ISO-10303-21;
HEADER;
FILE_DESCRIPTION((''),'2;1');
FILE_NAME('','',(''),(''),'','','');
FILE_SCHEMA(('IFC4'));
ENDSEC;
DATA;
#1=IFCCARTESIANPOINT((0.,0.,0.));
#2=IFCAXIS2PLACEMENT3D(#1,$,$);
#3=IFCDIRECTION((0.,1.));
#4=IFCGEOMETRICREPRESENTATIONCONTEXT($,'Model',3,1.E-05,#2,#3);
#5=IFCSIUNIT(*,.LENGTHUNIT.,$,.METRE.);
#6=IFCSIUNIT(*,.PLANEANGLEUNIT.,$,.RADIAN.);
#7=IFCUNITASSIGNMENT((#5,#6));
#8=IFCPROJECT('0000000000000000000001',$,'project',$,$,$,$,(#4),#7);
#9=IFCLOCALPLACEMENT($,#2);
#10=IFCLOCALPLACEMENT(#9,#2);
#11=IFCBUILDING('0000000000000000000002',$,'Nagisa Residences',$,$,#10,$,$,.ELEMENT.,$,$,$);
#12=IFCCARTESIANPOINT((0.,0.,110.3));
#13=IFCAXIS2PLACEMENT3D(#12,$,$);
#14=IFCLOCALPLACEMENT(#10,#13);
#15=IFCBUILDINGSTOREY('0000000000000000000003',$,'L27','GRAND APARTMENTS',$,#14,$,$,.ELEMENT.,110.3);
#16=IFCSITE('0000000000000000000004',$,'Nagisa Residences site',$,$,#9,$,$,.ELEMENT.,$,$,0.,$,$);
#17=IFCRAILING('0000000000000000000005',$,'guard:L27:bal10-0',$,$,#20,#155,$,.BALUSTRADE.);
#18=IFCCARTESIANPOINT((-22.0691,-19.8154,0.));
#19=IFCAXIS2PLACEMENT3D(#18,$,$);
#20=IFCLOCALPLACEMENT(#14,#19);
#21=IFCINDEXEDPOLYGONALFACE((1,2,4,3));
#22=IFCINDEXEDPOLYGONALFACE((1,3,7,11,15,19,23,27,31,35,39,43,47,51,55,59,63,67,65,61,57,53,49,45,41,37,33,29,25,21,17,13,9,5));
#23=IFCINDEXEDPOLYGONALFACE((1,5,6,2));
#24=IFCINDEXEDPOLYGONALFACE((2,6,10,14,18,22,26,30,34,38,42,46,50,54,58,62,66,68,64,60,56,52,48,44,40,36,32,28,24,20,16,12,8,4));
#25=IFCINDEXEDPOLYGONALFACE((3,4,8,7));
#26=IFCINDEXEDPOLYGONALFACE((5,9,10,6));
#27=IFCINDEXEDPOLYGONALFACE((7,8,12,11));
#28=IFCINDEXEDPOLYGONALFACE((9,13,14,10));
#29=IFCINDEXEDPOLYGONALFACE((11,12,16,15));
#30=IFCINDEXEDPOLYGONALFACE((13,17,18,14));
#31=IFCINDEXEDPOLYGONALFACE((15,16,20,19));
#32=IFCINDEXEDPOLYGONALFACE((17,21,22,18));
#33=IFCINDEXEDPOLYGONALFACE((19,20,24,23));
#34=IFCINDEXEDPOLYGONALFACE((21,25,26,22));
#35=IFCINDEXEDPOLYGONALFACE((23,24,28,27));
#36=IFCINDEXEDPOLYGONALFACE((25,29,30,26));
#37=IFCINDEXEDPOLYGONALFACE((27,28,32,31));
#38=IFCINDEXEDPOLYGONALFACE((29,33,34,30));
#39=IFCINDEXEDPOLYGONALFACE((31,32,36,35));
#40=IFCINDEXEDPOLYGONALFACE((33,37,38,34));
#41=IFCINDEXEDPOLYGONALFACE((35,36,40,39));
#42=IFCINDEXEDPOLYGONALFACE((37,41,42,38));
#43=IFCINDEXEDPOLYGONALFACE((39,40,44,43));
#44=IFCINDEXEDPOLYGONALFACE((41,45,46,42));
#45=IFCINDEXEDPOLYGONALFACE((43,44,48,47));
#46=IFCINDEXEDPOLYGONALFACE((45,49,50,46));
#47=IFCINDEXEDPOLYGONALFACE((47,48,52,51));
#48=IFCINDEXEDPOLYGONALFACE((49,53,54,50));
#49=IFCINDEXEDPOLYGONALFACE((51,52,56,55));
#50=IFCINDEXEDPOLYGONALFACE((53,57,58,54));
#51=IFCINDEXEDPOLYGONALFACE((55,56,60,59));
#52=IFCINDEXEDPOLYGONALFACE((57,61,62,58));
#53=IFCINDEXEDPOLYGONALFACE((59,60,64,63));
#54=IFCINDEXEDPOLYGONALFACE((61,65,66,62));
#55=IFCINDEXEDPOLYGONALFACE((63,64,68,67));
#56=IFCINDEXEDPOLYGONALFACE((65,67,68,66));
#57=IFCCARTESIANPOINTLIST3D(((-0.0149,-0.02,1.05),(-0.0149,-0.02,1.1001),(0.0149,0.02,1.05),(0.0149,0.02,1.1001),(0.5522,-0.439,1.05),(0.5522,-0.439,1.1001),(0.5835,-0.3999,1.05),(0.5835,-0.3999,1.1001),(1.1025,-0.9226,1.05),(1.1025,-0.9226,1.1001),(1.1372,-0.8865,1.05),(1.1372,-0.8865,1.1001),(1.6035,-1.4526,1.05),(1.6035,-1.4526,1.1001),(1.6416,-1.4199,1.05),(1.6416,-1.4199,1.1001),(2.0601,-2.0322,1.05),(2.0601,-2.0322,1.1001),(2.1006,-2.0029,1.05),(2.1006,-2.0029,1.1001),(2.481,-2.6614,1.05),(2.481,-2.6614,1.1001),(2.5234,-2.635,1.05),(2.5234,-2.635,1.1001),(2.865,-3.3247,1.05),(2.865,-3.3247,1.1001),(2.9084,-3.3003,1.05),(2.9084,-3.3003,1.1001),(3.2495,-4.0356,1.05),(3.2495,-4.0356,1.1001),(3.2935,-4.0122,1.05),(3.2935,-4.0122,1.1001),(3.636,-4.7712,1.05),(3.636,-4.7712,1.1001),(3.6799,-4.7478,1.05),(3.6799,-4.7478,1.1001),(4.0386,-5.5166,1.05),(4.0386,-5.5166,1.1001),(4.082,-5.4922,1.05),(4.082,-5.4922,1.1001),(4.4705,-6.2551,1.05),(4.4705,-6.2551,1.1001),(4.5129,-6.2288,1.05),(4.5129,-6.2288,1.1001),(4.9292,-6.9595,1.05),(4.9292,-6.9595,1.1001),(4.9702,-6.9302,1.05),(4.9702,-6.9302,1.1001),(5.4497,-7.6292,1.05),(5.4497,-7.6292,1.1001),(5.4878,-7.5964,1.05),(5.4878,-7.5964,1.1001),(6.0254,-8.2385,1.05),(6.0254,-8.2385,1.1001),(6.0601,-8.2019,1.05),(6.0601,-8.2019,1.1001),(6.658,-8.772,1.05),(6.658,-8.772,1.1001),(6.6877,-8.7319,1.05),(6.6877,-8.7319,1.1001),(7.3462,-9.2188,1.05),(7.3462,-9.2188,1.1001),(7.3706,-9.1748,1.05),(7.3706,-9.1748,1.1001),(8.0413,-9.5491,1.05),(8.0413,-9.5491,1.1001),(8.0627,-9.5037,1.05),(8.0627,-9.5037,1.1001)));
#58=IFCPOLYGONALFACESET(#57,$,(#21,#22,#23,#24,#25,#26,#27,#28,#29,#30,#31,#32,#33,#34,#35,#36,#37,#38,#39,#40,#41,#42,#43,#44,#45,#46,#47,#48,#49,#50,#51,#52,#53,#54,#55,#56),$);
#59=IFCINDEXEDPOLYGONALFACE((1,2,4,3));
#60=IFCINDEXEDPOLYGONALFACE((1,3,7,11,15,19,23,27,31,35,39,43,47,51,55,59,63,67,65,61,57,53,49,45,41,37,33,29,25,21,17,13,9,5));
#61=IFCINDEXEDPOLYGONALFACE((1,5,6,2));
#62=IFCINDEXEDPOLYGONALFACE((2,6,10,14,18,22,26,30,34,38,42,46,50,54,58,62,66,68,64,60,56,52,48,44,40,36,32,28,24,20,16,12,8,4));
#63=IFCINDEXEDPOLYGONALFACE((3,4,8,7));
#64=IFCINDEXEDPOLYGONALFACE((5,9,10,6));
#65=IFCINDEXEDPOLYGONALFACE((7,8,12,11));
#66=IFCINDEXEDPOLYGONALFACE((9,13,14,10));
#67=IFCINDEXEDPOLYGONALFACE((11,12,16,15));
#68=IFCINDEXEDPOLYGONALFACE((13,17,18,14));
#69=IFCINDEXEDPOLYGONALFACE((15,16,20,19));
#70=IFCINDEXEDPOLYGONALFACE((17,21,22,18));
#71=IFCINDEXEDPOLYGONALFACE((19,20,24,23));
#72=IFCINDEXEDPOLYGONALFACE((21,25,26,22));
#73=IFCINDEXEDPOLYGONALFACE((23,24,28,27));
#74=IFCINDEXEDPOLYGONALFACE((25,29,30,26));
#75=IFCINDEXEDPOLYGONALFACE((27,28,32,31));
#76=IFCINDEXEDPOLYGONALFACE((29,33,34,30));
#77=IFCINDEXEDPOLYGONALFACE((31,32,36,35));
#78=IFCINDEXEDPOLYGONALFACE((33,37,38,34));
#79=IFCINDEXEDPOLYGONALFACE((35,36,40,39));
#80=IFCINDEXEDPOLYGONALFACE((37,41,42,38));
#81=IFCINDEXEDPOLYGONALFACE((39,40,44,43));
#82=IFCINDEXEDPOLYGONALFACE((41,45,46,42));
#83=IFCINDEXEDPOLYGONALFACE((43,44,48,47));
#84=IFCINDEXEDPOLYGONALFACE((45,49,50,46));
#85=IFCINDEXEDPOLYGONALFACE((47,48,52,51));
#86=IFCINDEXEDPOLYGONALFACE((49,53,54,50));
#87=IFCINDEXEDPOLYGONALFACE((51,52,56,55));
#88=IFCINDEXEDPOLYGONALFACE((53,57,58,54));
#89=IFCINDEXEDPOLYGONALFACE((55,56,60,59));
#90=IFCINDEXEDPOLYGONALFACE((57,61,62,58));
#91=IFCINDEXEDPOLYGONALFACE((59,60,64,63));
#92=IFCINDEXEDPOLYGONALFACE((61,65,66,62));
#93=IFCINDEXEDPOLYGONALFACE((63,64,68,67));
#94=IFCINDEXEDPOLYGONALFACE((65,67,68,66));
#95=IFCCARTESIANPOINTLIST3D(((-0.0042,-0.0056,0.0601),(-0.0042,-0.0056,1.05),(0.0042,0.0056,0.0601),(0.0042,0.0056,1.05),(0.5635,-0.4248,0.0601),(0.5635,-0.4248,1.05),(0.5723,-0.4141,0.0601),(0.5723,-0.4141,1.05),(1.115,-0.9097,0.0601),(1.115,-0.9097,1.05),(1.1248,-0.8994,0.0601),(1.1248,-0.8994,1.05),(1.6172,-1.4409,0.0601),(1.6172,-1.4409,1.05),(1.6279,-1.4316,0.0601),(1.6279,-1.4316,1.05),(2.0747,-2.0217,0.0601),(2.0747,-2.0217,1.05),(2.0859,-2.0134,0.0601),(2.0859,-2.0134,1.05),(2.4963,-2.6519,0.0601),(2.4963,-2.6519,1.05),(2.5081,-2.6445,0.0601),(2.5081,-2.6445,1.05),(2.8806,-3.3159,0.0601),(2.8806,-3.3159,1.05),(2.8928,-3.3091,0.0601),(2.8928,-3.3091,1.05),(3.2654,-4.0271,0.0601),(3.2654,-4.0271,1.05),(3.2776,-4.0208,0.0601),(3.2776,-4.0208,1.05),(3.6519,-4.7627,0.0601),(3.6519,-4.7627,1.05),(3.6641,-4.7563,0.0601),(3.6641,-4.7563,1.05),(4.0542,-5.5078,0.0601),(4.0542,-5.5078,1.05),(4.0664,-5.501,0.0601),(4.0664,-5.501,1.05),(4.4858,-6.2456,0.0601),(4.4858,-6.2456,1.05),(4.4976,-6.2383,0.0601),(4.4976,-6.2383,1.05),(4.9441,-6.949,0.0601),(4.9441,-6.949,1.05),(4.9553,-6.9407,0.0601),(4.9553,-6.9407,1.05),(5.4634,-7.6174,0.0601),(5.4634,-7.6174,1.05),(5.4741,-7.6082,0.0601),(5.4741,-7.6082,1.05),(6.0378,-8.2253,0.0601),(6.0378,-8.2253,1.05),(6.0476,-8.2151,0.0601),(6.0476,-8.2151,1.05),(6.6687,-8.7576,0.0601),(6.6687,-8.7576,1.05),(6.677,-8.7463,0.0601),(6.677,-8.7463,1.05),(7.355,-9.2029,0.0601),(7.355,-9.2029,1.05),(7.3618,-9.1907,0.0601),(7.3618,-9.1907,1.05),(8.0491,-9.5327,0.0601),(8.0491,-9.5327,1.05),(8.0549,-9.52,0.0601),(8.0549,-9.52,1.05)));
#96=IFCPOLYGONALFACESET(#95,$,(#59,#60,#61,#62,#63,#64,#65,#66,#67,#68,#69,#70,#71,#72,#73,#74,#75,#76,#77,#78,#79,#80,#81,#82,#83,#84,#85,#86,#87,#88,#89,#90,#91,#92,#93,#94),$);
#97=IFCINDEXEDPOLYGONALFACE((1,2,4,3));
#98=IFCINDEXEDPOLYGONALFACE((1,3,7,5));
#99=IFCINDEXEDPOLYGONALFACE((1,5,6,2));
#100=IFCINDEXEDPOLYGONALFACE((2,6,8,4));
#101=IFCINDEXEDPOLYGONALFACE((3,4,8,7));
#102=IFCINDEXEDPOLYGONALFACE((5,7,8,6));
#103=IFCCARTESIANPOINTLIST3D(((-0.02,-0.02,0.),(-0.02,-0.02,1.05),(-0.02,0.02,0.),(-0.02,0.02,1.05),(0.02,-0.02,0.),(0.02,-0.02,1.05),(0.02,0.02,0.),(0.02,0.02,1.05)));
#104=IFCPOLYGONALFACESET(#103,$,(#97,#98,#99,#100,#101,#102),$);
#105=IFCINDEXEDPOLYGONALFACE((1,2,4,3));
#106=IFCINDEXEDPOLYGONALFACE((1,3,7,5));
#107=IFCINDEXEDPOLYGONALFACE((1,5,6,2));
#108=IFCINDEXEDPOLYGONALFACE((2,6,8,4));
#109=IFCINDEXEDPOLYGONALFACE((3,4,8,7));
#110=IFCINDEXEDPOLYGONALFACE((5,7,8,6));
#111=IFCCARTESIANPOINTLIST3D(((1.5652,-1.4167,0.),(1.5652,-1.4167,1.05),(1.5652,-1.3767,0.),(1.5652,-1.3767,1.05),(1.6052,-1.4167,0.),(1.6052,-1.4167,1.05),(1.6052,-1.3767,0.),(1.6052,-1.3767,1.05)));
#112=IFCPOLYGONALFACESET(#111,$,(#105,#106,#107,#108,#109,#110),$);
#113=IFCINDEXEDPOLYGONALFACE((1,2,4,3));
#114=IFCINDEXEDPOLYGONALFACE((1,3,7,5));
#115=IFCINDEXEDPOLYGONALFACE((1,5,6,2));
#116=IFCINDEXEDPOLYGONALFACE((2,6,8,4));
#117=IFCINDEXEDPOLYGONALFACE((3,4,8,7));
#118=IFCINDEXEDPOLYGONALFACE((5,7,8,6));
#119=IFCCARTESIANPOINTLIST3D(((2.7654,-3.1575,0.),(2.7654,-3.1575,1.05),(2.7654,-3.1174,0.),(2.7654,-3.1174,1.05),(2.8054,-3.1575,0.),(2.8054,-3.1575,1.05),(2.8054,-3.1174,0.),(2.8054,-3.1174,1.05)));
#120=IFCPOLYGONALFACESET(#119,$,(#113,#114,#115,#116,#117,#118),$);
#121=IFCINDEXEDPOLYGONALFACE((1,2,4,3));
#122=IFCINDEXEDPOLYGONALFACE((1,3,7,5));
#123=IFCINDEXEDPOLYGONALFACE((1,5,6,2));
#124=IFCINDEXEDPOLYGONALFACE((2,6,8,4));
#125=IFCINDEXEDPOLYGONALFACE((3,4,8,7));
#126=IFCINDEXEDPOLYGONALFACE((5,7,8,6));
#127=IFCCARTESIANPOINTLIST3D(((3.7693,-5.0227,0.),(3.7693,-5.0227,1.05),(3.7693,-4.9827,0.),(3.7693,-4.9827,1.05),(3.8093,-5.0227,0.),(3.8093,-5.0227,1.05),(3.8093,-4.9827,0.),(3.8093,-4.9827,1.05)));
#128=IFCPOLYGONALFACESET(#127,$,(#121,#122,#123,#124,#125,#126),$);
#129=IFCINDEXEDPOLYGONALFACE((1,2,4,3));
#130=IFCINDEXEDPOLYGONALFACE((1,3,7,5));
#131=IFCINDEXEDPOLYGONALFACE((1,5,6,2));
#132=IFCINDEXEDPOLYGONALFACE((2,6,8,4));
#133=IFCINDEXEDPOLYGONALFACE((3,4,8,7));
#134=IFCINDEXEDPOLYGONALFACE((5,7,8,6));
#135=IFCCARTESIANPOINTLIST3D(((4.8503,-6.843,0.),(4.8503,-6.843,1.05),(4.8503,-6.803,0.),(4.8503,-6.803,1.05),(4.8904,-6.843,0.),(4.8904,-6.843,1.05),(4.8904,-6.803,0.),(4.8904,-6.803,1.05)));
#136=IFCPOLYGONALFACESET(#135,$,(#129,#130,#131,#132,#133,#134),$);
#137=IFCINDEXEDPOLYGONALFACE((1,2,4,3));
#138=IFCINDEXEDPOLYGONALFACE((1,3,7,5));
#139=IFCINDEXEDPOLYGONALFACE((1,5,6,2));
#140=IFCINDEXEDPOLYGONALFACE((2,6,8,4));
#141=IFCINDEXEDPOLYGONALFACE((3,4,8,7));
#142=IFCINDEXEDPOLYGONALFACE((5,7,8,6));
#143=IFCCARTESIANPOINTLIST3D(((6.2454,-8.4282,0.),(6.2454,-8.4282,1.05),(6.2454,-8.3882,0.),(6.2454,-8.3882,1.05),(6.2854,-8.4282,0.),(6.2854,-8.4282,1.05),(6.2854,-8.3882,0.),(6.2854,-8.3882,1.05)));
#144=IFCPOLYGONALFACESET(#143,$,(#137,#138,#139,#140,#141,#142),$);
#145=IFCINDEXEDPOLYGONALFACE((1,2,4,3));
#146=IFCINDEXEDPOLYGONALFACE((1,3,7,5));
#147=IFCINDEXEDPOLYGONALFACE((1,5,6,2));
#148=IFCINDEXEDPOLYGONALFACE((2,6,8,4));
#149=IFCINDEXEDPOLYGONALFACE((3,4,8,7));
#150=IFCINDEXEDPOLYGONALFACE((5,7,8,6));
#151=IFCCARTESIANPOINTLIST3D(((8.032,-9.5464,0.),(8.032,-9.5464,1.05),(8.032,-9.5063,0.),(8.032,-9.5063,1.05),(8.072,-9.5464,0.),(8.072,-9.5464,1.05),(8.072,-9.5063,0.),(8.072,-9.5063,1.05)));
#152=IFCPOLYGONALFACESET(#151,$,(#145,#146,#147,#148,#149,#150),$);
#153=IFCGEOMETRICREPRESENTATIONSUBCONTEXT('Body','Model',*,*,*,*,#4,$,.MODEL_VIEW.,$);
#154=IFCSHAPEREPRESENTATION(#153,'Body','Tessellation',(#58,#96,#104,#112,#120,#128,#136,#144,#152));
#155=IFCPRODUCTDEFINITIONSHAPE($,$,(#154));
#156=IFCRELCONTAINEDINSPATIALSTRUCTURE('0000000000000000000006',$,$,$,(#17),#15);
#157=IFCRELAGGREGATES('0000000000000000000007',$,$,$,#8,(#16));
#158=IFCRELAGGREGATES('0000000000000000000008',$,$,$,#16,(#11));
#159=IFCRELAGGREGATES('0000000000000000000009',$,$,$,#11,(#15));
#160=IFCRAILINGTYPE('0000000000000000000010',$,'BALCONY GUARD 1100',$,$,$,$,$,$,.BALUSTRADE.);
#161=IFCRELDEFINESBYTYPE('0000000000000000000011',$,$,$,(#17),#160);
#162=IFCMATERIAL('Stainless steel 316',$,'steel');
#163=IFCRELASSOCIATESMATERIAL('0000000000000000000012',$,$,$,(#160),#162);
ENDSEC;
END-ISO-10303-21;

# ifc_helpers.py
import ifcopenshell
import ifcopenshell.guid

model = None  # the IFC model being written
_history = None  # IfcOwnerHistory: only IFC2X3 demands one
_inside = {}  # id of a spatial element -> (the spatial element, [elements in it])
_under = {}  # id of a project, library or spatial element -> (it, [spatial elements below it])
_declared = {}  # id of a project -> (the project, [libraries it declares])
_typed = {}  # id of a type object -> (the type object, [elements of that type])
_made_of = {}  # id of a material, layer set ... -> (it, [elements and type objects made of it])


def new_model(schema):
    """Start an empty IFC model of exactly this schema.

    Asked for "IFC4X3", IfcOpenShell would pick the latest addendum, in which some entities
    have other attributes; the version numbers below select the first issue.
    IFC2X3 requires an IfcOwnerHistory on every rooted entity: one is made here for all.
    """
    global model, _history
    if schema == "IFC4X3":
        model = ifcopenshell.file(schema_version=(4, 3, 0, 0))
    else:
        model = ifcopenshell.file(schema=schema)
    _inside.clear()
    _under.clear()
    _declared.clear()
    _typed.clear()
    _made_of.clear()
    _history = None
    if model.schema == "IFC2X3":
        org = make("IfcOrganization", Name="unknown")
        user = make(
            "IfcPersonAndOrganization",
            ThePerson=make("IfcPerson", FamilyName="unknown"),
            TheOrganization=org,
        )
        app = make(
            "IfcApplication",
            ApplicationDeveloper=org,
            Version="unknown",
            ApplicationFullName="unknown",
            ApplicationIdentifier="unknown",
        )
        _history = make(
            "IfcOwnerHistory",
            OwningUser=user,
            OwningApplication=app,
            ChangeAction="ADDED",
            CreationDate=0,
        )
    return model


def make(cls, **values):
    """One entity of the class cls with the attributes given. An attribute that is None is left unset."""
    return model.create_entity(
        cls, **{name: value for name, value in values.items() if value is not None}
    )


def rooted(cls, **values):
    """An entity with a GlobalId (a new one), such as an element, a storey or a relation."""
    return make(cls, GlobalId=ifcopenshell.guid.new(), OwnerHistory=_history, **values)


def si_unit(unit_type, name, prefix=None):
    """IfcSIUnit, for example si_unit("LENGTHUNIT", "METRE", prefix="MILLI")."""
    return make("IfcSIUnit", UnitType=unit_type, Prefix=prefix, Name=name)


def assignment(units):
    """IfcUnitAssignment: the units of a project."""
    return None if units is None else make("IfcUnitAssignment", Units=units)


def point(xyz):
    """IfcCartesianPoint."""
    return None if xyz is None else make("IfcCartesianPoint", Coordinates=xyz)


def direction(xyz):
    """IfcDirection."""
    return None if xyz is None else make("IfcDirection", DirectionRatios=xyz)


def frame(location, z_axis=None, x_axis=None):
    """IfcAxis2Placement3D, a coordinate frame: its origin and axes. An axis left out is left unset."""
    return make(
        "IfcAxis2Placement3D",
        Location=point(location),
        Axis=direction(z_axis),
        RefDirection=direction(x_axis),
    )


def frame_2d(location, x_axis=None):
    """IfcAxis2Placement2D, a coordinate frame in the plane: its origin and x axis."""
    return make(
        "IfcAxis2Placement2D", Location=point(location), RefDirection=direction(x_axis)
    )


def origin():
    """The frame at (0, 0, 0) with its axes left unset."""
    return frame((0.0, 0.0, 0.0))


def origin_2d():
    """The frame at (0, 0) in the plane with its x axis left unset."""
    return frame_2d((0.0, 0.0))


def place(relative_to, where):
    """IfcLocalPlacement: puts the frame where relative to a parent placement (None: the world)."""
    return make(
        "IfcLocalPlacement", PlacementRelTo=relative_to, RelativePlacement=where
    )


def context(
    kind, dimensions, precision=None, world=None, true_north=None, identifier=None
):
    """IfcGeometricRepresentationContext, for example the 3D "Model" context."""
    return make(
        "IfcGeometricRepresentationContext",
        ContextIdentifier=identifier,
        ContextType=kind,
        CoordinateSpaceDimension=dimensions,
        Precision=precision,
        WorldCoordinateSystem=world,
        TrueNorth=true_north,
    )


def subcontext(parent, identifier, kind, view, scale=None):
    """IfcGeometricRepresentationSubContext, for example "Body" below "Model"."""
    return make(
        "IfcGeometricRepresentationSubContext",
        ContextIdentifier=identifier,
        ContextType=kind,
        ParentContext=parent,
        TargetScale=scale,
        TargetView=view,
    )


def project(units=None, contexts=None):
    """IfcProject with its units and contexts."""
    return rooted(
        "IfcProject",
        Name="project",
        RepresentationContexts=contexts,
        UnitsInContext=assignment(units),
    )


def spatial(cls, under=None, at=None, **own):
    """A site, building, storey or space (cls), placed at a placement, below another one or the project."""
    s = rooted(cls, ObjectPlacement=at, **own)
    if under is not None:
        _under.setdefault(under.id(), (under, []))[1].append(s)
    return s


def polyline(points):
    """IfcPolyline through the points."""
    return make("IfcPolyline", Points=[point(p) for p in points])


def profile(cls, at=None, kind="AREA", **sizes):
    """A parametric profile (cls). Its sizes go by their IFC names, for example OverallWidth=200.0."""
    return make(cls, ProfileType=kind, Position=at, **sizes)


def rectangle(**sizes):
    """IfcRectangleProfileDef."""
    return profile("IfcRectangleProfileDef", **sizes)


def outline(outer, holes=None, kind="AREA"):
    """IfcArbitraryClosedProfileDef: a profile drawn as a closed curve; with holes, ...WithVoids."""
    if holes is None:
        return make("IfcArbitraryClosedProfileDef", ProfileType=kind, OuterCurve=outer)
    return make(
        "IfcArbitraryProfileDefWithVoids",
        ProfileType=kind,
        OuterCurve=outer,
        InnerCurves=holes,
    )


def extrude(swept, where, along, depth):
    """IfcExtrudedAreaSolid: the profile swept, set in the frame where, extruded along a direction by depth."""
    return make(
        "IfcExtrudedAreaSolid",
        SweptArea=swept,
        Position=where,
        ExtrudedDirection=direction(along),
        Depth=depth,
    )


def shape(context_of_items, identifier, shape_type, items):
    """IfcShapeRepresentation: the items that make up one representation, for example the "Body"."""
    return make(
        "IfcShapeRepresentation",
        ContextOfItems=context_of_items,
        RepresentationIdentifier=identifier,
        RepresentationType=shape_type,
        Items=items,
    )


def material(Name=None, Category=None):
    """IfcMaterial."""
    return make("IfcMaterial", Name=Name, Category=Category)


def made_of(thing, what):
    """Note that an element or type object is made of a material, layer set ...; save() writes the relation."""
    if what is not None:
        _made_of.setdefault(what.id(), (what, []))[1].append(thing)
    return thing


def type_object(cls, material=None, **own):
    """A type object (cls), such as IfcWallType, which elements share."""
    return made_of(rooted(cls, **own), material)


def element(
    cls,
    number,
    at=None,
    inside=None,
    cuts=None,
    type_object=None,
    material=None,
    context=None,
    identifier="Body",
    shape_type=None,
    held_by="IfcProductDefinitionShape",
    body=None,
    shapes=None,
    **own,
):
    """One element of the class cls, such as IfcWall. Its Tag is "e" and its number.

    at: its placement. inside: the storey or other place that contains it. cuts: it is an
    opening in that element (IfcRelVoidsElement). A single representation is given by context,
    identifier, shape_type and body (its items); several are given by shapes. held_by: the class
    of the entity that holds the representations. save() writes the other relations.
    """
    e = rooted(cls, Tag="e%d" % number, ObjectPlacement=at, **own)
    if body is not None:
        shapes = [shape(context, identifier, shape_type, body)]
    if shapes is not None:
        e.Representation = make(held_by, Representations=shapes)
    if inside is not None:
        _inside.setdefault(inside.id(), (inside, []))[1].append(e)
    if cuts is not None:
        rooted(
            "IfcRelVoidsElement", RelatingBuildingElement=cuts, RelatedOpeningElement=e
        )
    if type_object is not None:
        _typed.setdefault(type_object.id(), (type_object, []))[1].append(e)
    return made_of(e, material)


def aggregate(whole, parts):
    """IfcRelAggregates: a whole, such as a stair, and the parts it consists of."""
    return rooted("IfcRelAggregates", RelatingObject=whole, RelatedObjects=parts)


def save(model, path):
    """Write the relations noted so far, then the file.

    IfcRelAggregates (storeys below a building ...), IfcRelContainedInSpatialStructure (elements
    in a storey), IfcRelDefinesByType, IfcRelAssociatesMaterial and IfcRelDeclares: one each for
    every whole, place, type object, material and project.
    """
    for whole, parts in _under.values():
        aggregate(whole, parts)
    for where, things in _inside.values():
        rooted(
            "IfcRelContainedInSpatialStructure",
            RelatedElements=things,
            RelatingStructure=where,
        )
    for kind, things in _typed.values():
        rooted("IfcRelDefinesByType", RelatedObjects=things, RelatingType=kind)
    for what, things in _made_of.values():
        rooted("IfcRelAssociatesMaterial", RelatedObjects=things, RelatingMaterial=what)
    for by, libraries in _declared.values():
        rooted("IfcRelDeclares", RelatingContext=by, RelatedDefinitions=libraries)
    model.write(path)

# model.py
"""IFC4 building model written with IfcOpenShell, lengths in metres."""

from ifc_helpers import new_model, si_unit, direction, frame, origin, origin_2d, place, context, subcontext, project, spatial, polyline, rectangle, outline, extrude, material, type_object, element, save


model = new_model("IFC4")

# Units and contexts
model_context = context("Model", 3, precision=1e-05, world=origin(), true_north=direction((0.0, 1.0)))
body_context = subcontext(model_context, "Body", "Model", "MODEL_VIEW")
ifc_project = project(units=[si_unit("LENGTHUNIT", "METRE"), si_unit("PLANEANGLEUNIT", "RADIAN")], contexts=[model_context])

# Site, building, storey
site_placement = place(None, origin())
site = spatial("IfcSite", under=ifc_project, at=site_placement, Name="Nagisa Residences site", CompositionType="ELEMENT", RefElevation=0.0)
building_placement = place(site_placement, origin())
building = spatial("IfcBuilding", under=site, at=building_placement, Name="Nagisa Residences", CompositionType="ELEMENT")
storey_placement = place(building_placement, frame((0.0, 0.0, 110.3)))
storey = spatial("IfcBuildingStorey", under=building, at=storey_placement, Name="L27", Description="GRAND APARTMENTS", CompositionType="ELEMENT", Elevation=110.3)

# Railing
ifc_material_1 = material(Name="Stainless steel 316", Category="steel")
railing_type = type_object("IfcRailingType", Name="BALCONY GUARD 1100", PredefinedType="BALUSTRADE", material=ifc_material_1)
railing_1_placement = place(storey_placement, frame((-22.0691, -19.8154, 0.0)))
element("IfcRailing", 1, at=railing_1_placement, inside=storey, type_object=railing_type, Name="guard:L27:bal10-0", PredefinedType="BALUSTRADE", context=body_context, shape_type="SweptSolid", body=[
    extrude(outline(polyline([(0.5835, -0.3999), (0.0149, 0.02), (-0.0149, -0.02), (0.5522, -0.439), (1.1025, -0.9226), (1.6035, -1.4526), (2.0601, -2.0322), (2.481, -2.6614), (2.865, -3.3247), (3.2495, -4.0356), (3.636, -4.7712), (4.0386, -5.5166), (4.4705, -6.2551), (4.9292, -6.9595), (5.4497, -7.6292), (6.0254, -8.2385), (6.658, -8.772), (7.3462, -9.2188), (8.0413, -9.5491), (8.0627, -9.5037), (7.3706, -9.1748), (6.6877, -8.7319), (6.0601, -8.2019), (5.4878, -7.5964), (4.9702, -6.9302), (4.5129, -6.2288), (4.082, -5.4922), (3.6799, -4.7478), (3.2935, -4.0122), (2.9084, -3.3003), (2.5234, -2.635), (2.1006, -2.0029), (1.6416, -1.4199), (1.1372, -0.8865), (0.5835, -0.3999)])), frame((0.0, 0.0, 1.05)), (0.0, 0.0, 1.0), 0.05),
    extrude(outline(polyline([(0.5723, -0.4141), (0.0042, 0.0056), (-0.0042, -0.0056), (0.5635, -0.4248), (1.115, -0.9097), (1.6172, -1.4409), (2.0747, -2.0217), (2.4963, -2.6519), (2.8806, -3.3159), (3.2654, -4.0271), (3.6519, -4.7627), (4.0542, -5.5078), (4.4858, -6.2456), (4.9441, -6.949), (5.4634, -7.6174), (6.0378, -8.2253), (6.6687, -8.7576), (7.355, -9.2029), (8.0491, -9.5327), (8.0549, -9.52), (7.3618, -9.1907), (6.677, -8.7463), (6.0476, -8.2151), (5.4741, -7.6082), (4.9553, -6.9407), (4.4976, -6.2383), (4.0664, -5.501), (3.6641, -4.7563), (3.2776, -4.0208), (2.8928, -3.3091), (2.5081, -2.6445), (2.0859, -2.0134), (1.6279, -1.4316), (1.1248, -0.8994), (0.5723, -0.4141)])), frame((0.0, 0.0, 0.0601)), (0.0, 0.0, 1.0), 0.99),
    extrude(rectangle(XDim=0.04, YDim=0.04, at=origin_2d()), origin(), (0.0, 0.0, 1.0), 1.05),
    extrude(rectangle(XDim=0.04, YDim=0.04, at=origin_2d()), frame((1.5852, -1.3967, 0.0)), (0.0, 0.0, 1.0), 1.05),
    extrude(rectangle(XDim=0.04, YDim=0.04, at=origin_2d()), frame((2.7854, -3.1375, 0.0)), (0.0, 0.0, 1.0), 1.05),
    extrude(rectangle(XDim=0.04, YDim=0.04, at=origin_2d()), frame((3.7893, -5.0027, 0.0)), (0.0, 0.0, 1.0), 1.05),
    extrude(rectangle(XDim=0.04, YDim=0.04, at=origin_2d()), frame((4.8704, -6.823, 0.0)), (0.0, 0.0, 1.0), 1.05),
    extrude(rectangle(XDim=0.04, YDim=0.04, at=origin_2d()), frame((6.2654, -8.4082, 0.0)), (0.0, 0.0, 1.0), 1.05),
    extrude(rectangle(XDim=0.04, YDim=0.04, at=origin_2d()), frame((8.052, -9.5264, 0.0)), (0.0, 0.0, 1.0), 1.05),
])

save(model, "model.ifc")
